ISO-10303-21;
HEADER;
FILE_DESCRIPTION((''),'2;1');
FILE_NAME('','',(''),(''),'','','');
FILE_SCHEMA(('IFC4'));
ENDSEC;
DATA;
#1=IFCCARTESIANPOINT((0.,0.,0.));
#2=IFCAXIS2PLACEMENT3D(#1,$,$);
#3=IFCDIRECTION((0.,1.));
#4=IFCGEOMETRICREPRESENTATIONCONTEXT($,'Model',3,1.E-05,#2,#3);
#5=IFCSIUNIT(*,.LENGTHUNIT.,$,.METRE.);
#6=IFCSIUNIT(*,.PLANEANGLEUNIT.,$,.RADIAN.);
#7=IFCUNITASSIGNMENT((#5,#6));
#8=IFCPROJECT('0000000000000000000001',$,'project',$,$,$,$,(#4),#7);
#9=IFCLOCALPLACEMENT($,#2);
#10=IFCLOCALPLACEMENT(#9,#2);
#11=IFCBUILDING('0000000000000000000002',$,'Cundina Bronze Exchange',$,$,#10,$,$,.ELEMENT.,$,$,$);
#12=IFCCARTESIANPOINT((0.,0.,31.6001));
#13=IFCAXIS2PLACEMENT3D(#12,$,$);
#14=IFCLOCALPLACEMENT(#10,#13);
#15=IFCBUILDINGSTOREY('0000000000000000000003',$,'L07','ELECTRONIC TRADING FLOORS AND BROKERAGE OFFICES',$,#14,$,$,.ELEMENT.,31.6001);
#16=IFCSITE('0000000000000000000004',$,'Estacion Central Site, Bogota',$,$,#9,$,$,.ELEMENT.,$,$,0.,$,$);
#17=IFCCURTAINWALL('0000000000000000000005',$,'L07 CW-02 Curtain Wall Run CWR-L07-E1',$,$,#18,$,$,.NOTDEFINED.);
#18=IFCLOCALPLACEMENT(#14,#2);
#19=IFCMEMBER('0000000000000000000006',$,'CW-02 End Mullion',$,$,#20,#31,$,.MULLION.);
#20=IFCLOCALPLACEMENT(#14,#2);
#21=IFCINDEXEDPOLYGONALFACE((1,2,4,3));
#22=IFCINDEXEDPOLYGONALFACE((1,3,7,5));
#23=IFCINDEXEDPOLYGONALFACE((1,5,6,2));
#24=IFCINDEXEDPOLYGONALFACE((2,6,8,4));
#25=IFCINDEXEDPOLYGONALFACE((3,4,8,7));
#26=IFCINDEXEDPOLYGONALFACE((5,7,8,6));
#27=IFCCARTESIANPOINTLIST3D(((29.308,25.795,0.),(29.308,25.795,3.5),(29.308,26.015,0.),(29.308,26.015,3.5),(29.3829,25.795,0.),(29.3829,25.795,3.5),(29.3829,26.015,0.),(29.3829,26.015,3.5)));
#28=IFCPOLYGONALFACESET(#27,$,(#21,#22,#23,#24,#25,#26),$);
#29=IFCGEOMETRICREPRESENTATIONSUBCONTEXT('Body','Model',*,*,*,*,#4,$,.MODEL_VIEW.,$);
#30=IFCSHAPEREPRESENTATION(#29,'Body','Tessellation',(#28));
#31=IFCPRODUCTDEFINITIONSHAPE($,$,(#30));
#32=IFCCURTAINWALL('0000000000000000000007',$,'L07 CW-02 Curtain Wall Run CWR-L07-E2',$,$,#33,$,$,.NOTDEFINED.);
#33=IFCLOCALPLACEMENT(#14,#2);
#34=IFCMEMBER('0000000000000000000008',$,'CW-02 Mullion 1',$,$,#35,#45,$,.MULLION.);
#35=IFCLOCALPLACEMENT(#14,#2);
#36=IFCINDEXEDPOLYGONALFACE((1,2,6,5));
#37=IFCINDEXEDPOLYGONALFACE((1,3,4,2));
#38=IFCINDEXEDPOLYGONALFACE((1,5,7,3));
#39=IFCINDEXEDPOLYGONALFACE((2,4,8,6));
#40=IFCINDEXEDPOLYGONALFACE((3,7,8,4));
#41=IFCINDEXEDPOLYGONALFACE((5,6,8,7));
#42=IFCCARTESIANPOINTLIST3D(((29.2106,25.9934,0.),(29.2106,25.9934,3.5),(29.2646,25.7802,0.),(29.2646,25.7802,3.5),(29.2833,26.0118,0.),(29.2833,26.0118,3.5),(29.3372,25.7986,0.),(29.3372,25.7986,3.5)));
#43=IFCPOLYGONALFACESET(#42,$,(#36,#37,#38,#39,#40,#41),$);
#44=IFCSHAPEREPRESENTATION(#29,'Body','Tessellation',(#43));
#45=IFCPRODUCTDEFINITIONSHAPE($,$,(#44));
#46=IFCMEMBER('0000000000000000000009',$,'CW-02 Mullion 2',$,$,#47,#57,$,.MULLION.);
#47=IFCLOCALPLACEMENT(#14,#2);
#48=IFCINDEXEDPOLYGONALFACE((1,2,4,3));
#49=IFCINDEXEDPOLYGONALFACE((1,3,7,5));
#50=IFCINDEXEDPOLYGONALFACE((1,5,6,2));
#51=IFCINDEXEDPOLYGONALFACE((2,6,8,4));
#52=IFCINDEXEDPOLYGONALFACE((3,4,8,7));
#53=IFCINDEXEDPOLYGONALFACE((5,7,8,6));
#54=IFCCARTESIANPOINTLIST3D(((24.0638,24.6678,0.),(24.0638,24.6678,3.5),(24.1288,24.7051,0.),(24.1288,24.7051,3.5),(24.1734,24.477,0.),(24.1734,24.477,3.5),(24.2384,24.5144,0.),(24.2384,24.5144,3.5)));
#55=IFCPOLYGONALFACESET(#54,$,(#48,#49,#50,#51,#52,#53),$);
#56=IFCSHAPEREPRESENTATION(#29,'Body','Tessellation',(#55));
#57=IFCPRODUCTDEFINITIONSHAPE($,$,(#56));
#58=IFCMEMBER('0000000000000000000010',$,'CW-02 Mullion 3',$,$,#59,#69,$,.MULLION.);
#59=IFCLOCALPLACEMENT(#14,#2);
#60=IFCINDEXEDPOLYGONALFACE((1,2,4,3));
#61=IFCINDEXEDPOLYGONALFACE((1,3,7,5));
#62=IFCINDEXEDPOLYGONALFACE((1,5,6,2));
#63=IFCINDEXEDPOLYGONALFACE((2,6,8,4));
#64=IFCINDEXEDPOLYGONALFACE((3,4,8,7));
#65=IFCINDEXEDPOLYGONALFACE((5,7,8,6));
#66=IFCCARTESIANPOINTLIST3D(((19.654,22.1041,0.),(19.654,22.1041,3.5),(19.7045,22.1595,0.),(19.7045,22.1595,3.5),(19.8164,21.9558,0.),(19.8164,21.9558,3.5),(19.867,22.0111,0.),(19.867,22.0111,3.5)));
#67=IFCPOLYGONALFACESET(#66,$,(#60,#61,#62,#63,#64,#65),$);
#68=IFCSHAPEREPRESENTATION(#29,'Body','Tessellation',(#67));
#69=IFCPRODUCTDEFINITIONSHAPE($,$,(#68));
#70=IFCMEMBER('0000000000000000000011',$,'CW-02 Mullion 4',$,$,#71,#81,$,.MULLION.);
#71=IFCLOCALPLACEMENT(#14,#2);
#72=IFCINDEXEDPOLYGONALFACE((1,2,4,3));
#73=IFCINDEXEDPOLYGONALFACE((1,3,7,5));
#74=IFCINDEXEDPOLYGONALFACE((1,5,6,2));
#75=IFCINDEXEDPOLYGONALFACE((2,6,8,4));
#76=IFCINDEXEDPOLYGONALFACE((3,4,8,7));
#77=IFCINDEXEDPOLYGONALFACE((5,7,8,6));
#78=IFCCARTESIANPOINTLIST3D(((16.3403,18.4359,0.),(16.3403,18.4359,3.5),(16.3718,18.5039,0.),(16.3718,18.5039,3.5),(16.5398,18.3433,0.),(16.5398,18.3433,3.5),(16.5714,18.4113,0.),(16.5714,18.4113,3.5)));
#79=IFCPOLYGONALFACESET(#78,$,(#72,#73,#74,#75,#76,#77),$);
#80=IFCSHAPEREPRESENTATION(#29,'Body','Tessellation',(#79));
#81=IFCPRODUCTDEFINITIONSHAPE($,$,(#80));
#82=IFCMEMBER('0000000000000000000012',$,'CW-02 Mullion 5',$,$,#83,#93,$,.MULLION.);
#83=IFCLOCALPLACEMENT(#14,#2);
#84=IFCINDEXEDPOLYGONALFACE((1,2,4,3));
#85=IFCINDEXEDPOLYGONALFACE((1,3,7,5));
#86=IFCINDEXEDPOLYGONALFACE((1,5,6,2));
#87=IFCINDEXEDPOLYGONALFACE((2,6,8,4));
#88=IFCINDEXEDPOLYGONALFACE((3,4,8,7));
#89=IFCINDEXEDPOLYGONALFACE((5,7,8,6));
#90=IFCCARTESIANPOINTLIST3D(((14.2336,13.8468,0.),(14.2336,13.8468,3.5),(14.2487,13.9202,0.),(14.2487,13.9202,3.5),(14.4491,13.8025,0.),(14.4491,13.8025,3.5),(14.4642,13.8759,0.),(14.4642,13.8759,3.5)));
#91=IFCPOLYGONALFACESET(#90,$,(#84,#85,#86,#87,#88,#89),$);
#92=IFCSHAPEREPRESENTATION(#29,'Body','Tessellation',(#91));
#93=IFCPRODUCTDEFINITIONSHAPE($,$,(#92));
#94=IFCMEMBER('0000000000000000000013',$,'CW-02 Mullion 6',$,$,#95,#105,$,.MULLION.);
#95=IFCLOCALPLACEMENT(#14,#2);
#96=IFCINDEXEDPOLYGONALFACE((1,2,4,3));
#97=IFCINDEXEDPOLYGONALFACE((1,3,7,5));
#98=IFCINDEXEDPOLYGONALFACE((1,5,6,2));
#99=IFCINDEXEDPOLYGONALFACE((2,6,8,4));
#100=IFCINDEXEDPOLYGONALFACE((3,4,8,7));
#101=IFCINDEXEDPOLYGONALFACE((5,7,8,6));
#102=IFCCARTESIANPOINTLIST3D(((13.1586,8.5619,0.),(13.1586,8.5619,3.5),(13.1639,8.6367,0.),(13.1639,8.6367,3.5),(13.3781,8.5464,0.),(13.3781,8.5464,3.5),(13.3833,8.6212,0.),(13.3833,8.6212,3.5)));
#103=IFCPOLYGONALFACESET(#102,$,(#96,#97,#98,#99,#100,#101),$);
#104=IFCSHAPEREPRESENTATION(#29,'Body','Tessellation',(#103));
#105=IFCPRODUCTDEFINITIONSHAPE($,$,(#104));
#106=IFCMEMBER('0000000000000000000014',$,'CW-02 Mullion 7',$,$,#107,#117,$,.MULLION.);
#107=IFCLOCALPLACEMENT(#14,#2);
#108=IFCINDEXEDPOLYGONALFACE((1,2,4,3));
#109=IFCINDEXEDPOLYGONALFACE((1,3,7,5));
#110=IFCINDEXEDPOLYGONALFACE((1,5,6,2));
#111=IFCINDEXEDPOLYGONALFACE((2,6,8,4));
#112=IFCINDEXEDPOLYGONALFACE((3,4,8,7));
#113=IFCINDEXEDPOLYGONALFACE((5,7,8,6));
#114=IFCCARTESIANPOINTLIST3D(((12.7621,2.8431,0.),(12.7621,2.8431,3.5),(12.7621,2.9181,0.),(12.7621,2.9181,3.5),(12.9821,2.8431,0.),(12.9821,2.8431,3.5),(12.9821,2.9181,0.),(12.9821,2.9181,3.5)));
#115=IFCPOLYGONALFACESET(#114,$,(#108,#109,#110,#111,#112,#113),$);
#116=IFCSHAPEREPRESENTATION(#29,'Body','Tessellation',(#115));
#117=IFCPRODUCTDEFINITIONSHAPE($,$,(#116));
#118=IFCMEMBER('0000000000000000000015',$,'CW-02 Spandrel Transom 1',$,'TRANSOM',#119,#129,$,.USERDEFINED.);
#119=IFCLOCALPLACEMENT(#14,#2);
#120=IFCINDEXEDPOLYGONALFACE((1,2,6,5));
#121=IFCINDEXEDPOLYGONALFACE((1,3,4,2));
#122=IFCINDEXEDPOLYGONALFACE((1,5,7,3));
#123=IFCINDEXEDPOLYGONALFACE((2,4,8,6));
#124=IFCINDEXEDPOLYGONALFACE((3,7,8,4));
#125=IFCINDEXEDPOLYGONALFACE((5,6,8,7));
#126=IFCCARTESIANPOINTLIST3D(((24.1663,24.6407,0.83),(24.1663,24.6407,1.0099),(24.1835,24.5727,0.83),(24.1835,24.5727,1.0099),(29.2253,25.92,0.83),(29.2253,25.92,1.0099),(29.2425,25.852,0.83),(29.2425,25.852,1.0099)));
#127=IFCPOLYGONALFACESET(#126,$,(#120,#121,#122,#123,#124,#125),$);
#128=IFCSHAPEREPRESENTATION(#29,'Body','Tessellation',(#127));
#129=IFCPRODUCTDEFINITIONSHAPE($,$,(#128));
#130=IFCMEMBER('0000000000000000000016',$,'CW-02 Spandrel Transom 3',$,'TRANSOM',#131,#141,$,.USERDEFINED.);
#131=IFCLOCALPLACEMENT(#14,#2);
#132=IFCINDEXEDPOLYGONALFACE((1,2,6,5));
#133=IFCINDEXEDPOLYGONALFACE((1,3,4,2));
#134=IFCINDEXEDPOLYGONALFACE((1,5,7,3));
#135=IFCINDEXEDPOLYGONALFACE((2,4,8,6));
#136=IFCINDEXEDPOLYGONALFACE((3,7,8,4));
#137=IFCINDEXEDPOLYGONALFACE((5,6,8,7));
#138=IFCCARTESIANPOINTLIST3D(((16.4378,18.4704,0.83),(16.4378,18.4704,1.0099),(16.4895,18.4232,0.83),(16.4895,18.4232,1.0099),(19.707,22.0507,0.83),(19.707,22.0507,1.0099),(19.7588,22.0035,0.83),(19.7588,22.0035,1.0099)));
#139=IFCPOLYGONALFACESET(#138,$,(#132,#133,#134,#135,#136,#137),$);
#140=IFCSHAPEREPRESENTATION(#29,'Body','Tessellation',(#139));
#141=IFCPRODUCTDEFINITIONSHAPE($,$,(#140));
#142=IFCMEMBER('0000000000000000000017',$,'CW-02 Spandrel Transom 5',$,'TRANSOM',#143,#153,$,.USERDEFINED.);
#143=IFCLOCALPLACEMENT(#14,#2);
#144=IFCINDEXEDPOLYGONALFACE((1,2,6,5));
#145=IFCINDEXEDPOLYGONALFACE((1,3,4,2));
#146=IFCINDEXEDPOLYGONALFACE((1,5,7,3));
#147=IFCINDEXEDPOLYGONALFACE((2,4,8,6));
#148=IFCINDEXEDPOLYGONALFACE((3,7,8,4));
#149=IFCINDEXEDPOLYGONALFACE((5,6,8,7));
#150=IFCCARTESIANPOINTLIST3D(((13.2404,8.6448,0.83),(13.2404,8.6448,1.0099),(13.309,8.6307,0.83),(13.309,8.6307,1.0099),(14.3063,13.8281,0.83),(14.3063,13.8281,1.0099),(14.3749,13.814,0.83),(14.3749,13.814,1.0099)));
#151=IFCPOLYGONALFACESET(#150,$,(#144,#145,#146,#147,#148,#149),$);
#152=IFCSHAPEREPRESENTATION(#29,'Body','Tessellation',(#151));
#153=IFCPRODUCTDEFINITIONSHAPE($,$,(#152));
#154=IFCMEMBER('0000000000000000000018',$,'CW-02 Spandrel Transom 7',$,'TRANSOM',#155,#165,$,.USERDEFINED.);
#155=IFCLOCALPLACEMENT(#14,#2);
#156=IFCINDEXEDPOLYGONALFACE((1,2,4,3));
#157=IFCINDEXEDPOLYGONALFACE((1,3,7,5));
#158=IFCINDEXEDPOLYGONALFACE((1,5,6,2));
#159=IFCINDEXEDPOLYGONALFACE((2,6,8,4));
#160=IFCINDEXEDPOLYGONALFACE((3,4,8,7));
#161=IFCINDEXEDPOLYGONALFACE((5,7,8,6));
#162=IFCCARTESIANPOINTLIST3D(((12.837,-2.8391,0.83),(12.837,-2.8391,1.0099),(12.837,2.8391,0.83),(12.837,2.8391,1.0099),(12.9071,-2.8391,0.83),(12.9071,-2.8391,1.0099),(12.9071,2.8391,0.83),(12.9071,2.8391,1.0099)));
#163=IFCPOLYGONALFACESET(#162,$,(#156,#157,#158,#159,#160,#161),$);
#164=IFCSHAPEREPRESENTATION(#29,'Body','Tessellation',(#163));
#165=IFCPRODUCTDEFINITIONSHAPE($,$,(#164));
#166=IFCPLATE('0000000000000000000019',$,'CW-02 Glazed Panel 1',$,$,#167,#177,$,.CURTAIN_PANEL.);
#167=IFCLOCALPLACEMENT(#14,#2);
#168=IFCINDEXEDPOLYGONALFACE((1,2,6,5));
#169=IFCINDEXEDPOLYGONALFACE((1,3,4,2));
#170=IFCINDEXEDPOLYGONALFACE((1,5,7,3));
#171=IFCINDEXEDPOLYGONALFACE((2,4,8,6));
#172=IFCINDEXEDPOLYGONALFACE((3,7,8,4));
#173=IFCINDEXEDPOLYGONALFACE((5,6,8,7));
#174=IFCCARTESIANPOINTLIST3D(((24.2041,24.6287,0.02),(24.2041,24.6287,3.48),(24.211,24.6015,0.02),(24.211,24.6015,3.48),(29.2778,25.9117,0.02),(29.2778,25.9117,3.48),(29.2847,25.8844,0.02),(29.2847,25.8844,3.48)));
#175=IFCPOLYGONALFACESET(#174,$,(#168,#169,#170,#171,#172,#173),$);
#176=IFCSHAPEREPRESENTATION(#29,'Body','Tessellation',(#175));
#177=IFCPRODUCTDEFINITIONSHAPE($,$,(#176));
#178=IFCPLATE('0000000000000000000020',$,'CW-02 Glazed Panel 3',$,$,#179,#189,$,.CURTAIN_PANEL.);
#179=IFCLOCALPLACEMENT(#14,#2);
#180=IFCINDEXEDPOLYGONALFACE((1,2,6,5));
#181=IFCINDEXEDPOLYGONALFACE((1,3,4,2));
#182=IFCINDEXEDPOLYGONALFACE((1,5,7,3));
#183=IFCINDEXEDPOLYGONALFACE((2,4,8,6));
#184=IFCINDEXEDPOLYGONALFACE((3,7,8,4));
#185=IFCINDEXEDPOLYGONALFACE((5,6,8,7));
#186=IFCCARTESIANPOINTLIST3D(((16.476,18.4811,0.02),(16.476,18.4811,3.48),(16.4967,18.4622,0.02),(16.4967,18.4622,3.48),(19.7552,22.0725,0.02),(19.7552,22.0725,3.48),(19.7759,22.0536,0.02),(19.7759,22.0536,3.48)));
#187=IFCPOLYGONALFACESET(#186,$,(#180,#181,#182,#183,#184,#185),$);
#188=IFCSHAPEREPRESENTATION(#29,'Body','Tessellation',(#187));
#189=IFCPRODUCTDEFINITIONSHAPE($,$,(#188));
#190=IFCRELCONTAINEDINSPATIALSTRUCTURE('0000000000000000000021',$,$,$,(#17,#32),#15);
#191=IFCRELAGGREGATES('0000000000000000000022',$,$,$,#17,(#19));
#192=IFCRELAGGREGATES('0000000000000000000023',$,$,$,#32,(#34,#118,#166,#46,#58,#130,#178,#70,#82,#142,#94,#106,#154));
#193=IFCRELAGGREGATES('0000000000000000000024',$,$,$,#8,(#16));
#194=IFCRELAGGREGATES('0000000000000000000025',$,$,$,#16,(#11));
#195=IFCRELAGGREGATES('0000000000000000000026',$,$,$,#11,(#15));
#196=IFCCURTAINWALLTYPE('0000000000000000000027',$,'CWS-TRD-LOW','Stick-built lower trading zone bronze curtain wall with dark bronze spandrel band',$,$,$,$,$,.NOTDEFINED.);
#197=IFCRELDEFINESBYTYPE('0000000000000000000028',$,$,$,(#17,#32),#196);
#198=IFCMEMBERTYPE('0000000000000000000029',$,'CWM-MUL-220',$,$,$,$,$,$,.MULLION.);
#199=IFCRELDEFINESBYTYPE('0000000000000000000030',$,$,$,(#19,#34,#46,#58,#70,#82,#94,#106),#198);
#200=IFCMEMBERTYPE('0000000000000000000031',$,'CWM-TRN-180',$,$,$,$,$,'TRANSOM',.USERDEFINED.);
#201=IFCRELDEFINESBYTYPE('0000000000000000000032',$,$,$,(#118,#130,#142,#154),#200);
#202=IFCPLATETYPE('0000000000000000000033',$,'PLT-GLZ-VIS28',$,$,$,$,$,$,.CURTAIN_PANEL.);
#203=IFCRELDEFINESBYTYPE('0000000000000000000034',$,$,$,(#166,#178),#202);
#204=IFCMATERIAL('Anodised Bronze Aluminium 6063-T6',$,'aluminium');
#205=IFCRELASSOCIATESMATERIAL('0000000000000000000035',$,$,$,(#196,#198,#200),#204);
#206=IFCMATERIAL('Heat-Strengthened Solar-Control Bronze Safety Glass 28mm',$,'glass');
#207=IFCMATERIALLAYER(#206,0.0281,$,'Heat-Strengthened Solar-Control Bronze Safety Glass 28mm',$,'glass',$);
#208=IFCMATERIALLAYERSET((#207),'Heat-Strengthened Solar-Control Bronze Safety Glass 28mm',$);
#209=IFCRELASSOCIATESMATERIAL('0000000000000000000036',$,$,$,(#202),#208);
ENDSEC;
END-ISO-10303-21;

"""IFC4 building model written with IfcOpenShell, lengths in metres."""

from ifc_helpers import new_model, si_unit, direction, frame, origin, origin_2d, place, context, subcontext, project, spatial, rectangle, extrude, material, layer, layer_set, material_profile, profile_set, type_object, element, aggregate, save


model = new_model("IFC4")

# Units and contexts
model_context = context("Model", 3, precision=1e-05, world=origin(), true_north=direction((0.0, 1.0)))
body_context = subcontext(model_context, "Body", "Model", "MODEL_VIEW")
ifc_project = project(units=[si_unit("LENGTHUNIT", "METRE"), si_unit("PLANEANGLEUNIT", "RADIAN")], contexts=[model_context])

# Site, building, storey
site_placement = place(None, origin())
site = spatial("IfcSite", under=ifc_project, at=site_placement, Name="Estacion Central Site, Bogota", CompositionType="ELEMENT", RefElevation=0.0)
building_placement = place(site_placement, origin())
building = spatial("IfcBuilding", under=site, at=building_placement, Name="Cundina Bronze Exchange", CompositionType="ELEMENT")
storey_placement = place(building_placement, frame((0.0, 0.0, 31.6001)))
storey = spatial("IfcBuildingStorey", under=building, at=storey_placement, Name="L07", Description="ELECTRONIC TRADING FLOORS AND BROKERAGE OFFICES", CompositionType="ELEMENT", Elevation=31.6001)

# Curtain wall, member
ifc_material_1 = material(Name="Anodised Bronze Aluminium 6063-T6", Category="aluminium")
curtain_wall_type = type_object("IfcCurtainWallType", Name="CWS-TRD-LOW", Description="Stick-built lower trading zone bronze curtain wall with dark bronze spandrel band", PredefinedType="NOTDEFINED", material=ifc_material_1)
curtain_wall_1_placement = place(storey_placement, origin())
curtain_wall_1 = element("IfcCurtainWall", 1, at=curtain_wall_1_placement, inside=storey, type_object=curtain_wall_type, Name="L07 CW-02 Curtain Wall Run CWR-L07-E1", PredefinedType="NOTDEFINED")
ifc_material_profile_1 = material_profile(ifc_material_1, rectangle(XDim=0.075, YDim=0.22, at=origin_2d()), Name="AL75X220", Category="aluminium")
ifc_profile_set_1 = profile_set([ifc_material_profile_1], Name="Anodised Bronze Aluminium 6063-T6")
member_type_1 = type_object("IfcMemberType", Name="CWM-MUL-220", PredefinedType="MULLION", material=ifc_profile_set_1)
member_1_placement = place(storey_placement, frame((29.3455, 25.905, 0.0), z_axis=(0.0, 0.0, 1.0), x_axis=(-1.0, 0.0, 0.0)))
member_1 = element("IfcMember", 2, at=member_1_placement, type_object=member_type_1, Name="CW-02 End Mullion", PredefinedType="MULLION", context=body_context, shape_type="SweptSolid", body=[
    extrude(rectangle(XDim=0.075, YDim=0.22, at=origin_2d()), origin(), (0.0, 0.0, 1.0), 3.5),
])
aggregate(curtain_wall_1, [member_1])

# Curtain wall, members, plates
curtain_wall_2_placement = place(storey_placement, origin())
curtain_wall_2 = element("IfcCurtainWall", 3, at=curtain_wall_2_placement, inside=storey, type_object=curtain_wall_type, Name="L07 CW-02 Curtain Wall Run CWR-L07-E2", PredefinedType="NOTDEFINED")
member_2_placement = place(storey_placement, frame((29.2739, 25.896, 0.0), z_axis=(0.0, 0.0, 1.0), x_axis=(-0.969488, -0.245138, 0.0)))
member_2 = element("IfcMember", 4, at=member_2_placement, type_object=member_type_1, Name="CW-02 Mullion 1", PredefinedType="MULLION", context=body_context, shape_type="SweptSolid", body=[
    extrude(rectangle(XDim=0.075, YDim=0.22, at=origin_2d()), origin(), (0.0, 0.0, 1.0), 3.5),
])
member_3_placement = place(storey_placement, frame((24.1511, 24.5911, 0.0), z_axis=(0.0, 0.0, 1.0), x_axis=(-0.867071, -0.498185, 0.0)))
member_3 = element("IfcMember", 5, at=member_3_placement, type_object=member_type_1, Name="CW-02 Mullion 2", PredefinedType="MULLION", context=body_context, shape_type="SweptSolid", body=[
    extrude(rectangle(XDim=0.075, YDim=0.22, at=origin_2d()), origin(), (0.0, 0.0, 1.0), 3.5),
])
member_4_placement = place(storey_placement, frame((19.7605, 22.0576, 0.0), z_axis=(0.0, 0.0, 1.0), x_axis=(-0.674302, -0.738455, 0.0)))
member_4 = element("IfcMember", 6, at=member_4_placement, type_object=member_type_1, Name="CW-02 Mullion 3", PredefinedType="MULLION", context=body_context, shape_type="SweptSolid", body=[
    extrude(rectangle(XDim=0.075, YDim=0.22, at=origin_2d()), origin(), (0.0, 0.0, 1.0), 3.5),
])
member_5_placement = place(storey_placement, frame((16.4558, 18.4236, 0.0), z_axis=(0.0, 0.0, 1.0), x_axis=(-0.420877, -0.907117, 0.0)))
member_5 = element("IfcMember", 7, at=member_5_placement, type_object=member_type_1, Name="CW-02 Mullion 4", PredefinedType="MULLION", context=body_context, shape_type="SweptSolid", body=[
    extrude(rectangle(XDim=0.075, YDim=0.22, at=origin_2d()), origin(), (0.0, 0.0, 1.0), 3.5),
])
member_6_placement = place(storey_placement, frame((14.3489, 13.8613, 0.0), z_axis=(0.0, 0.0, 1.0), x_axis=(-0.20142, -0.979505, 0.0)))
member_6 = element("IfcMember", 8, at=member_6_placement, type_object=member_type_1, Name="CW-02 Mullion 5", PredefinedType="MULLION", context=body_context, shape_type="SweptSolid", body=[
    extrude(rectangle(XDim=0.075, YDim=0.22, at=origin_2d()), origin(), (0.0, 0.0, 1.0), 3.5),
])
member_7_placement = place(storey_placement, frame((13.271, 8.5916, 0.0), z_axis=(0.0, 0.0, 1.0), x_axis=(-0.070279, -0.997527, 0.0)))
member_7 = element("IfcMember", 9, at=member_7_placement, type_object=member_type_1, Name="CW-02 Mullion 6", PredefinedType="MULLION", context=body_context, shape_type="SweptSolid", body=[
    extrude(rectangle(XDim=0.075, YDim=0.22, at=origin_2d()), origin(), (0.0, 0.0, 1.0), 3.5),
])
member_8_placement = place(storey_placement, frame((12.8721, 2.8806, 0.0), z_axis=(0.0, 0.0, 1.0), x_axis=(0.0, -1.0, 0.0)))
member_8 = element("IfcMember", 10, at=member_8_placement, type_object=member_type_1, Name="CW-02 Mullion 7", PredefinedType="MULLION", context=body_context, shape_type="SweptSolid", body=[
    extrude(rectangle(XDim=0.075, YDim=0.22, at=origin_2d()), origin(), (0.0, 0.0, 1.0), 3.5),
])
ifc_material_profile_2 = material_profile(ifc_material_1, rectangle(XDim=0.0701, YDim=0.1799, at=origin_2d()), Name="AL70X180", Category="aluminium")
ifc_profile_set_2 = profile_set([ifc_material_profile_2], Name="Anodised Bronze Aluminium 6063-T6")
member_type_2 = type_object("IfcMemberType", Name="CWM-TRN-180", ElementType="TRANSOM", PredefinedType="USERDEFINED", material=ifc_profile_set_2)
member_9_placement = place(storey_placement, frame((29.2339, 25.886, 0.9199), z_axis=(-0.969484, -0.245155, 0.0), x_axis=(0.245155, -0.969484, 0.0)))
member_9 = element("IfcMember", 11, at=member_9_placement, type_object=member_type_2, Name="CW-02 Spandrel Transom 1", ObjectType="TRANSOM", PredefinedType="USERDEFINED", context=body_context, shape_type="SweptSolid", body=[
    extrude(rectangle(XDim=0.0701, YDim=0.1799, at=origin_2d()), origin(), (0.0, 0.0, 1.0), 5.2183),
])
member_10_placement = place(storey_placement, frame((19.7329, 22.0271, 0.9199), z_axis=(-0.674303, -0.738455, 0.0), x_axis=(0.738455, -0.674303, 0.0)))
member_10 = element("IfcMember", 12, at=member_10_placement, type_object=member_type_2, Name="CW-02 Spandrel Transom 3", ObjectType="TRANSOM", PredefinedType="USERDEFINED", context=body_context, shape_type="SweptSolid", body=[
    extrude(rectangle(XDim=0.0701, YDim=0.1799, at=origin_2d()), origin(), (0.0, 0.0, 1.0), 4.8484),
])
member_11_placement = place(storey_placement, frame((14.3406, 13.821, 0.9199), z_axis=(-0.201428, -0.979503, 0.0), x_axis=(0.979503, -0.201428, 0.0)))
member_11 = element("IfcMember", 13, at=member_11_placement, type_object=member_type_2, Name="CW-02 Spandrel Transom 5", ObjectType="TRANSOM", PredefinedType="USERDEFINED", context=body_context, shape_type="SweptSolid", body=[
    extrude(rectangle(XDim=0.0701, YDim=0.1799, at=origin_2d()), origin(), (0.0, 0.0, 1.0), 5.2917),
])
member_12_placement = place(storey_placement, frame((12.8721, 2.8391, 0.9199), z_axis=(0.0, -1.0, 0.0), x_axis=(1.0, 0.0, 0.0)))
member_12 = element("IfcMember", 14, at=member_12_placement, type_object=member_type_2, Name="CW-02 Spandrel Transom 7", ObjectType="TRANSOM", PredefinedType="USERDEFINED", context=body_context, shape_type="SweptSolid", body=[
    extrude(rectangle(XDim=0.0701, YDim=0.1799, at=origin_2d()), origin(), (0.0, 0.0, 1.0), 5.6782),
])
ifc_material_2 = material(Name="Heat-Strengthened Solar-Control Bronze Safety Glass 28mm", Category="glass")
ifc_layer_1 = layer(ifc_material_2, 0.0281, Name="Heat-Strengthened Solar-Control Bronze Safety Glass 28mm", Category="glass")
ifc_layer_set_1 = layer_set([ifc_layer_1], Name="Heat-Strengthened Solar-Control Bronze Safety Glass 28mm")
plate_type_1 = type_object("IfcPlateType", Name="PLT-GLZ-VIS28", PredefinedType="CURTAIN_PANEL", material=ifc_layer_set_1)
plate_1_placement = place(storey_placement, frame((26.7444, 25.2566, 0.02), z_axis=(0.0, 0.0, 1.0), x_axis=(-0.969488, -0.245138, 0.0)))
plate_1 = element("IfcPlate", 15, at=plate_1_placement, type_object=plate_type_1, Name="CW-02 Glazed Panel 1", PredefinedType="CURTAIN_PANEL", context=body_context, shape_type="SweptSolid", body=[
    extrude(rectangle(XDim=5.2334, YDim=0.0281, at=origin_2d()), origin(), (0.0, 0.0, 1.0), 3.46),
])
plate_2_placement = place(storey_placement, frame((18.126, 20.2673, 0.02), z_axis=(0.0, 0.0, 1.0), x_axis=(-0.674277, -0.738479, 0.0)))
plate_2 = element("IfcPlate", 16, at=plate_2_placement, type_object=plate_type_1, Name="CW-02 Glazed Panel 3", PredefinedType="CURTAIN_PANEL", context=body_context, shape_type="SweptSolid", body=[
    extrude(rectangle(XDim=4.8633, YDim=0.0281, at=origin_2d()), origin(), (0.0, 0.0, 1.0), 3.46),
])
aggregate(curtain_wall_2, [member_2, member_9, plate_1, member_3, member_4, member_10, plate_2, member_5, member_6, member_11, member_7, member_8, member_12])

save(model, "model.ifc")
